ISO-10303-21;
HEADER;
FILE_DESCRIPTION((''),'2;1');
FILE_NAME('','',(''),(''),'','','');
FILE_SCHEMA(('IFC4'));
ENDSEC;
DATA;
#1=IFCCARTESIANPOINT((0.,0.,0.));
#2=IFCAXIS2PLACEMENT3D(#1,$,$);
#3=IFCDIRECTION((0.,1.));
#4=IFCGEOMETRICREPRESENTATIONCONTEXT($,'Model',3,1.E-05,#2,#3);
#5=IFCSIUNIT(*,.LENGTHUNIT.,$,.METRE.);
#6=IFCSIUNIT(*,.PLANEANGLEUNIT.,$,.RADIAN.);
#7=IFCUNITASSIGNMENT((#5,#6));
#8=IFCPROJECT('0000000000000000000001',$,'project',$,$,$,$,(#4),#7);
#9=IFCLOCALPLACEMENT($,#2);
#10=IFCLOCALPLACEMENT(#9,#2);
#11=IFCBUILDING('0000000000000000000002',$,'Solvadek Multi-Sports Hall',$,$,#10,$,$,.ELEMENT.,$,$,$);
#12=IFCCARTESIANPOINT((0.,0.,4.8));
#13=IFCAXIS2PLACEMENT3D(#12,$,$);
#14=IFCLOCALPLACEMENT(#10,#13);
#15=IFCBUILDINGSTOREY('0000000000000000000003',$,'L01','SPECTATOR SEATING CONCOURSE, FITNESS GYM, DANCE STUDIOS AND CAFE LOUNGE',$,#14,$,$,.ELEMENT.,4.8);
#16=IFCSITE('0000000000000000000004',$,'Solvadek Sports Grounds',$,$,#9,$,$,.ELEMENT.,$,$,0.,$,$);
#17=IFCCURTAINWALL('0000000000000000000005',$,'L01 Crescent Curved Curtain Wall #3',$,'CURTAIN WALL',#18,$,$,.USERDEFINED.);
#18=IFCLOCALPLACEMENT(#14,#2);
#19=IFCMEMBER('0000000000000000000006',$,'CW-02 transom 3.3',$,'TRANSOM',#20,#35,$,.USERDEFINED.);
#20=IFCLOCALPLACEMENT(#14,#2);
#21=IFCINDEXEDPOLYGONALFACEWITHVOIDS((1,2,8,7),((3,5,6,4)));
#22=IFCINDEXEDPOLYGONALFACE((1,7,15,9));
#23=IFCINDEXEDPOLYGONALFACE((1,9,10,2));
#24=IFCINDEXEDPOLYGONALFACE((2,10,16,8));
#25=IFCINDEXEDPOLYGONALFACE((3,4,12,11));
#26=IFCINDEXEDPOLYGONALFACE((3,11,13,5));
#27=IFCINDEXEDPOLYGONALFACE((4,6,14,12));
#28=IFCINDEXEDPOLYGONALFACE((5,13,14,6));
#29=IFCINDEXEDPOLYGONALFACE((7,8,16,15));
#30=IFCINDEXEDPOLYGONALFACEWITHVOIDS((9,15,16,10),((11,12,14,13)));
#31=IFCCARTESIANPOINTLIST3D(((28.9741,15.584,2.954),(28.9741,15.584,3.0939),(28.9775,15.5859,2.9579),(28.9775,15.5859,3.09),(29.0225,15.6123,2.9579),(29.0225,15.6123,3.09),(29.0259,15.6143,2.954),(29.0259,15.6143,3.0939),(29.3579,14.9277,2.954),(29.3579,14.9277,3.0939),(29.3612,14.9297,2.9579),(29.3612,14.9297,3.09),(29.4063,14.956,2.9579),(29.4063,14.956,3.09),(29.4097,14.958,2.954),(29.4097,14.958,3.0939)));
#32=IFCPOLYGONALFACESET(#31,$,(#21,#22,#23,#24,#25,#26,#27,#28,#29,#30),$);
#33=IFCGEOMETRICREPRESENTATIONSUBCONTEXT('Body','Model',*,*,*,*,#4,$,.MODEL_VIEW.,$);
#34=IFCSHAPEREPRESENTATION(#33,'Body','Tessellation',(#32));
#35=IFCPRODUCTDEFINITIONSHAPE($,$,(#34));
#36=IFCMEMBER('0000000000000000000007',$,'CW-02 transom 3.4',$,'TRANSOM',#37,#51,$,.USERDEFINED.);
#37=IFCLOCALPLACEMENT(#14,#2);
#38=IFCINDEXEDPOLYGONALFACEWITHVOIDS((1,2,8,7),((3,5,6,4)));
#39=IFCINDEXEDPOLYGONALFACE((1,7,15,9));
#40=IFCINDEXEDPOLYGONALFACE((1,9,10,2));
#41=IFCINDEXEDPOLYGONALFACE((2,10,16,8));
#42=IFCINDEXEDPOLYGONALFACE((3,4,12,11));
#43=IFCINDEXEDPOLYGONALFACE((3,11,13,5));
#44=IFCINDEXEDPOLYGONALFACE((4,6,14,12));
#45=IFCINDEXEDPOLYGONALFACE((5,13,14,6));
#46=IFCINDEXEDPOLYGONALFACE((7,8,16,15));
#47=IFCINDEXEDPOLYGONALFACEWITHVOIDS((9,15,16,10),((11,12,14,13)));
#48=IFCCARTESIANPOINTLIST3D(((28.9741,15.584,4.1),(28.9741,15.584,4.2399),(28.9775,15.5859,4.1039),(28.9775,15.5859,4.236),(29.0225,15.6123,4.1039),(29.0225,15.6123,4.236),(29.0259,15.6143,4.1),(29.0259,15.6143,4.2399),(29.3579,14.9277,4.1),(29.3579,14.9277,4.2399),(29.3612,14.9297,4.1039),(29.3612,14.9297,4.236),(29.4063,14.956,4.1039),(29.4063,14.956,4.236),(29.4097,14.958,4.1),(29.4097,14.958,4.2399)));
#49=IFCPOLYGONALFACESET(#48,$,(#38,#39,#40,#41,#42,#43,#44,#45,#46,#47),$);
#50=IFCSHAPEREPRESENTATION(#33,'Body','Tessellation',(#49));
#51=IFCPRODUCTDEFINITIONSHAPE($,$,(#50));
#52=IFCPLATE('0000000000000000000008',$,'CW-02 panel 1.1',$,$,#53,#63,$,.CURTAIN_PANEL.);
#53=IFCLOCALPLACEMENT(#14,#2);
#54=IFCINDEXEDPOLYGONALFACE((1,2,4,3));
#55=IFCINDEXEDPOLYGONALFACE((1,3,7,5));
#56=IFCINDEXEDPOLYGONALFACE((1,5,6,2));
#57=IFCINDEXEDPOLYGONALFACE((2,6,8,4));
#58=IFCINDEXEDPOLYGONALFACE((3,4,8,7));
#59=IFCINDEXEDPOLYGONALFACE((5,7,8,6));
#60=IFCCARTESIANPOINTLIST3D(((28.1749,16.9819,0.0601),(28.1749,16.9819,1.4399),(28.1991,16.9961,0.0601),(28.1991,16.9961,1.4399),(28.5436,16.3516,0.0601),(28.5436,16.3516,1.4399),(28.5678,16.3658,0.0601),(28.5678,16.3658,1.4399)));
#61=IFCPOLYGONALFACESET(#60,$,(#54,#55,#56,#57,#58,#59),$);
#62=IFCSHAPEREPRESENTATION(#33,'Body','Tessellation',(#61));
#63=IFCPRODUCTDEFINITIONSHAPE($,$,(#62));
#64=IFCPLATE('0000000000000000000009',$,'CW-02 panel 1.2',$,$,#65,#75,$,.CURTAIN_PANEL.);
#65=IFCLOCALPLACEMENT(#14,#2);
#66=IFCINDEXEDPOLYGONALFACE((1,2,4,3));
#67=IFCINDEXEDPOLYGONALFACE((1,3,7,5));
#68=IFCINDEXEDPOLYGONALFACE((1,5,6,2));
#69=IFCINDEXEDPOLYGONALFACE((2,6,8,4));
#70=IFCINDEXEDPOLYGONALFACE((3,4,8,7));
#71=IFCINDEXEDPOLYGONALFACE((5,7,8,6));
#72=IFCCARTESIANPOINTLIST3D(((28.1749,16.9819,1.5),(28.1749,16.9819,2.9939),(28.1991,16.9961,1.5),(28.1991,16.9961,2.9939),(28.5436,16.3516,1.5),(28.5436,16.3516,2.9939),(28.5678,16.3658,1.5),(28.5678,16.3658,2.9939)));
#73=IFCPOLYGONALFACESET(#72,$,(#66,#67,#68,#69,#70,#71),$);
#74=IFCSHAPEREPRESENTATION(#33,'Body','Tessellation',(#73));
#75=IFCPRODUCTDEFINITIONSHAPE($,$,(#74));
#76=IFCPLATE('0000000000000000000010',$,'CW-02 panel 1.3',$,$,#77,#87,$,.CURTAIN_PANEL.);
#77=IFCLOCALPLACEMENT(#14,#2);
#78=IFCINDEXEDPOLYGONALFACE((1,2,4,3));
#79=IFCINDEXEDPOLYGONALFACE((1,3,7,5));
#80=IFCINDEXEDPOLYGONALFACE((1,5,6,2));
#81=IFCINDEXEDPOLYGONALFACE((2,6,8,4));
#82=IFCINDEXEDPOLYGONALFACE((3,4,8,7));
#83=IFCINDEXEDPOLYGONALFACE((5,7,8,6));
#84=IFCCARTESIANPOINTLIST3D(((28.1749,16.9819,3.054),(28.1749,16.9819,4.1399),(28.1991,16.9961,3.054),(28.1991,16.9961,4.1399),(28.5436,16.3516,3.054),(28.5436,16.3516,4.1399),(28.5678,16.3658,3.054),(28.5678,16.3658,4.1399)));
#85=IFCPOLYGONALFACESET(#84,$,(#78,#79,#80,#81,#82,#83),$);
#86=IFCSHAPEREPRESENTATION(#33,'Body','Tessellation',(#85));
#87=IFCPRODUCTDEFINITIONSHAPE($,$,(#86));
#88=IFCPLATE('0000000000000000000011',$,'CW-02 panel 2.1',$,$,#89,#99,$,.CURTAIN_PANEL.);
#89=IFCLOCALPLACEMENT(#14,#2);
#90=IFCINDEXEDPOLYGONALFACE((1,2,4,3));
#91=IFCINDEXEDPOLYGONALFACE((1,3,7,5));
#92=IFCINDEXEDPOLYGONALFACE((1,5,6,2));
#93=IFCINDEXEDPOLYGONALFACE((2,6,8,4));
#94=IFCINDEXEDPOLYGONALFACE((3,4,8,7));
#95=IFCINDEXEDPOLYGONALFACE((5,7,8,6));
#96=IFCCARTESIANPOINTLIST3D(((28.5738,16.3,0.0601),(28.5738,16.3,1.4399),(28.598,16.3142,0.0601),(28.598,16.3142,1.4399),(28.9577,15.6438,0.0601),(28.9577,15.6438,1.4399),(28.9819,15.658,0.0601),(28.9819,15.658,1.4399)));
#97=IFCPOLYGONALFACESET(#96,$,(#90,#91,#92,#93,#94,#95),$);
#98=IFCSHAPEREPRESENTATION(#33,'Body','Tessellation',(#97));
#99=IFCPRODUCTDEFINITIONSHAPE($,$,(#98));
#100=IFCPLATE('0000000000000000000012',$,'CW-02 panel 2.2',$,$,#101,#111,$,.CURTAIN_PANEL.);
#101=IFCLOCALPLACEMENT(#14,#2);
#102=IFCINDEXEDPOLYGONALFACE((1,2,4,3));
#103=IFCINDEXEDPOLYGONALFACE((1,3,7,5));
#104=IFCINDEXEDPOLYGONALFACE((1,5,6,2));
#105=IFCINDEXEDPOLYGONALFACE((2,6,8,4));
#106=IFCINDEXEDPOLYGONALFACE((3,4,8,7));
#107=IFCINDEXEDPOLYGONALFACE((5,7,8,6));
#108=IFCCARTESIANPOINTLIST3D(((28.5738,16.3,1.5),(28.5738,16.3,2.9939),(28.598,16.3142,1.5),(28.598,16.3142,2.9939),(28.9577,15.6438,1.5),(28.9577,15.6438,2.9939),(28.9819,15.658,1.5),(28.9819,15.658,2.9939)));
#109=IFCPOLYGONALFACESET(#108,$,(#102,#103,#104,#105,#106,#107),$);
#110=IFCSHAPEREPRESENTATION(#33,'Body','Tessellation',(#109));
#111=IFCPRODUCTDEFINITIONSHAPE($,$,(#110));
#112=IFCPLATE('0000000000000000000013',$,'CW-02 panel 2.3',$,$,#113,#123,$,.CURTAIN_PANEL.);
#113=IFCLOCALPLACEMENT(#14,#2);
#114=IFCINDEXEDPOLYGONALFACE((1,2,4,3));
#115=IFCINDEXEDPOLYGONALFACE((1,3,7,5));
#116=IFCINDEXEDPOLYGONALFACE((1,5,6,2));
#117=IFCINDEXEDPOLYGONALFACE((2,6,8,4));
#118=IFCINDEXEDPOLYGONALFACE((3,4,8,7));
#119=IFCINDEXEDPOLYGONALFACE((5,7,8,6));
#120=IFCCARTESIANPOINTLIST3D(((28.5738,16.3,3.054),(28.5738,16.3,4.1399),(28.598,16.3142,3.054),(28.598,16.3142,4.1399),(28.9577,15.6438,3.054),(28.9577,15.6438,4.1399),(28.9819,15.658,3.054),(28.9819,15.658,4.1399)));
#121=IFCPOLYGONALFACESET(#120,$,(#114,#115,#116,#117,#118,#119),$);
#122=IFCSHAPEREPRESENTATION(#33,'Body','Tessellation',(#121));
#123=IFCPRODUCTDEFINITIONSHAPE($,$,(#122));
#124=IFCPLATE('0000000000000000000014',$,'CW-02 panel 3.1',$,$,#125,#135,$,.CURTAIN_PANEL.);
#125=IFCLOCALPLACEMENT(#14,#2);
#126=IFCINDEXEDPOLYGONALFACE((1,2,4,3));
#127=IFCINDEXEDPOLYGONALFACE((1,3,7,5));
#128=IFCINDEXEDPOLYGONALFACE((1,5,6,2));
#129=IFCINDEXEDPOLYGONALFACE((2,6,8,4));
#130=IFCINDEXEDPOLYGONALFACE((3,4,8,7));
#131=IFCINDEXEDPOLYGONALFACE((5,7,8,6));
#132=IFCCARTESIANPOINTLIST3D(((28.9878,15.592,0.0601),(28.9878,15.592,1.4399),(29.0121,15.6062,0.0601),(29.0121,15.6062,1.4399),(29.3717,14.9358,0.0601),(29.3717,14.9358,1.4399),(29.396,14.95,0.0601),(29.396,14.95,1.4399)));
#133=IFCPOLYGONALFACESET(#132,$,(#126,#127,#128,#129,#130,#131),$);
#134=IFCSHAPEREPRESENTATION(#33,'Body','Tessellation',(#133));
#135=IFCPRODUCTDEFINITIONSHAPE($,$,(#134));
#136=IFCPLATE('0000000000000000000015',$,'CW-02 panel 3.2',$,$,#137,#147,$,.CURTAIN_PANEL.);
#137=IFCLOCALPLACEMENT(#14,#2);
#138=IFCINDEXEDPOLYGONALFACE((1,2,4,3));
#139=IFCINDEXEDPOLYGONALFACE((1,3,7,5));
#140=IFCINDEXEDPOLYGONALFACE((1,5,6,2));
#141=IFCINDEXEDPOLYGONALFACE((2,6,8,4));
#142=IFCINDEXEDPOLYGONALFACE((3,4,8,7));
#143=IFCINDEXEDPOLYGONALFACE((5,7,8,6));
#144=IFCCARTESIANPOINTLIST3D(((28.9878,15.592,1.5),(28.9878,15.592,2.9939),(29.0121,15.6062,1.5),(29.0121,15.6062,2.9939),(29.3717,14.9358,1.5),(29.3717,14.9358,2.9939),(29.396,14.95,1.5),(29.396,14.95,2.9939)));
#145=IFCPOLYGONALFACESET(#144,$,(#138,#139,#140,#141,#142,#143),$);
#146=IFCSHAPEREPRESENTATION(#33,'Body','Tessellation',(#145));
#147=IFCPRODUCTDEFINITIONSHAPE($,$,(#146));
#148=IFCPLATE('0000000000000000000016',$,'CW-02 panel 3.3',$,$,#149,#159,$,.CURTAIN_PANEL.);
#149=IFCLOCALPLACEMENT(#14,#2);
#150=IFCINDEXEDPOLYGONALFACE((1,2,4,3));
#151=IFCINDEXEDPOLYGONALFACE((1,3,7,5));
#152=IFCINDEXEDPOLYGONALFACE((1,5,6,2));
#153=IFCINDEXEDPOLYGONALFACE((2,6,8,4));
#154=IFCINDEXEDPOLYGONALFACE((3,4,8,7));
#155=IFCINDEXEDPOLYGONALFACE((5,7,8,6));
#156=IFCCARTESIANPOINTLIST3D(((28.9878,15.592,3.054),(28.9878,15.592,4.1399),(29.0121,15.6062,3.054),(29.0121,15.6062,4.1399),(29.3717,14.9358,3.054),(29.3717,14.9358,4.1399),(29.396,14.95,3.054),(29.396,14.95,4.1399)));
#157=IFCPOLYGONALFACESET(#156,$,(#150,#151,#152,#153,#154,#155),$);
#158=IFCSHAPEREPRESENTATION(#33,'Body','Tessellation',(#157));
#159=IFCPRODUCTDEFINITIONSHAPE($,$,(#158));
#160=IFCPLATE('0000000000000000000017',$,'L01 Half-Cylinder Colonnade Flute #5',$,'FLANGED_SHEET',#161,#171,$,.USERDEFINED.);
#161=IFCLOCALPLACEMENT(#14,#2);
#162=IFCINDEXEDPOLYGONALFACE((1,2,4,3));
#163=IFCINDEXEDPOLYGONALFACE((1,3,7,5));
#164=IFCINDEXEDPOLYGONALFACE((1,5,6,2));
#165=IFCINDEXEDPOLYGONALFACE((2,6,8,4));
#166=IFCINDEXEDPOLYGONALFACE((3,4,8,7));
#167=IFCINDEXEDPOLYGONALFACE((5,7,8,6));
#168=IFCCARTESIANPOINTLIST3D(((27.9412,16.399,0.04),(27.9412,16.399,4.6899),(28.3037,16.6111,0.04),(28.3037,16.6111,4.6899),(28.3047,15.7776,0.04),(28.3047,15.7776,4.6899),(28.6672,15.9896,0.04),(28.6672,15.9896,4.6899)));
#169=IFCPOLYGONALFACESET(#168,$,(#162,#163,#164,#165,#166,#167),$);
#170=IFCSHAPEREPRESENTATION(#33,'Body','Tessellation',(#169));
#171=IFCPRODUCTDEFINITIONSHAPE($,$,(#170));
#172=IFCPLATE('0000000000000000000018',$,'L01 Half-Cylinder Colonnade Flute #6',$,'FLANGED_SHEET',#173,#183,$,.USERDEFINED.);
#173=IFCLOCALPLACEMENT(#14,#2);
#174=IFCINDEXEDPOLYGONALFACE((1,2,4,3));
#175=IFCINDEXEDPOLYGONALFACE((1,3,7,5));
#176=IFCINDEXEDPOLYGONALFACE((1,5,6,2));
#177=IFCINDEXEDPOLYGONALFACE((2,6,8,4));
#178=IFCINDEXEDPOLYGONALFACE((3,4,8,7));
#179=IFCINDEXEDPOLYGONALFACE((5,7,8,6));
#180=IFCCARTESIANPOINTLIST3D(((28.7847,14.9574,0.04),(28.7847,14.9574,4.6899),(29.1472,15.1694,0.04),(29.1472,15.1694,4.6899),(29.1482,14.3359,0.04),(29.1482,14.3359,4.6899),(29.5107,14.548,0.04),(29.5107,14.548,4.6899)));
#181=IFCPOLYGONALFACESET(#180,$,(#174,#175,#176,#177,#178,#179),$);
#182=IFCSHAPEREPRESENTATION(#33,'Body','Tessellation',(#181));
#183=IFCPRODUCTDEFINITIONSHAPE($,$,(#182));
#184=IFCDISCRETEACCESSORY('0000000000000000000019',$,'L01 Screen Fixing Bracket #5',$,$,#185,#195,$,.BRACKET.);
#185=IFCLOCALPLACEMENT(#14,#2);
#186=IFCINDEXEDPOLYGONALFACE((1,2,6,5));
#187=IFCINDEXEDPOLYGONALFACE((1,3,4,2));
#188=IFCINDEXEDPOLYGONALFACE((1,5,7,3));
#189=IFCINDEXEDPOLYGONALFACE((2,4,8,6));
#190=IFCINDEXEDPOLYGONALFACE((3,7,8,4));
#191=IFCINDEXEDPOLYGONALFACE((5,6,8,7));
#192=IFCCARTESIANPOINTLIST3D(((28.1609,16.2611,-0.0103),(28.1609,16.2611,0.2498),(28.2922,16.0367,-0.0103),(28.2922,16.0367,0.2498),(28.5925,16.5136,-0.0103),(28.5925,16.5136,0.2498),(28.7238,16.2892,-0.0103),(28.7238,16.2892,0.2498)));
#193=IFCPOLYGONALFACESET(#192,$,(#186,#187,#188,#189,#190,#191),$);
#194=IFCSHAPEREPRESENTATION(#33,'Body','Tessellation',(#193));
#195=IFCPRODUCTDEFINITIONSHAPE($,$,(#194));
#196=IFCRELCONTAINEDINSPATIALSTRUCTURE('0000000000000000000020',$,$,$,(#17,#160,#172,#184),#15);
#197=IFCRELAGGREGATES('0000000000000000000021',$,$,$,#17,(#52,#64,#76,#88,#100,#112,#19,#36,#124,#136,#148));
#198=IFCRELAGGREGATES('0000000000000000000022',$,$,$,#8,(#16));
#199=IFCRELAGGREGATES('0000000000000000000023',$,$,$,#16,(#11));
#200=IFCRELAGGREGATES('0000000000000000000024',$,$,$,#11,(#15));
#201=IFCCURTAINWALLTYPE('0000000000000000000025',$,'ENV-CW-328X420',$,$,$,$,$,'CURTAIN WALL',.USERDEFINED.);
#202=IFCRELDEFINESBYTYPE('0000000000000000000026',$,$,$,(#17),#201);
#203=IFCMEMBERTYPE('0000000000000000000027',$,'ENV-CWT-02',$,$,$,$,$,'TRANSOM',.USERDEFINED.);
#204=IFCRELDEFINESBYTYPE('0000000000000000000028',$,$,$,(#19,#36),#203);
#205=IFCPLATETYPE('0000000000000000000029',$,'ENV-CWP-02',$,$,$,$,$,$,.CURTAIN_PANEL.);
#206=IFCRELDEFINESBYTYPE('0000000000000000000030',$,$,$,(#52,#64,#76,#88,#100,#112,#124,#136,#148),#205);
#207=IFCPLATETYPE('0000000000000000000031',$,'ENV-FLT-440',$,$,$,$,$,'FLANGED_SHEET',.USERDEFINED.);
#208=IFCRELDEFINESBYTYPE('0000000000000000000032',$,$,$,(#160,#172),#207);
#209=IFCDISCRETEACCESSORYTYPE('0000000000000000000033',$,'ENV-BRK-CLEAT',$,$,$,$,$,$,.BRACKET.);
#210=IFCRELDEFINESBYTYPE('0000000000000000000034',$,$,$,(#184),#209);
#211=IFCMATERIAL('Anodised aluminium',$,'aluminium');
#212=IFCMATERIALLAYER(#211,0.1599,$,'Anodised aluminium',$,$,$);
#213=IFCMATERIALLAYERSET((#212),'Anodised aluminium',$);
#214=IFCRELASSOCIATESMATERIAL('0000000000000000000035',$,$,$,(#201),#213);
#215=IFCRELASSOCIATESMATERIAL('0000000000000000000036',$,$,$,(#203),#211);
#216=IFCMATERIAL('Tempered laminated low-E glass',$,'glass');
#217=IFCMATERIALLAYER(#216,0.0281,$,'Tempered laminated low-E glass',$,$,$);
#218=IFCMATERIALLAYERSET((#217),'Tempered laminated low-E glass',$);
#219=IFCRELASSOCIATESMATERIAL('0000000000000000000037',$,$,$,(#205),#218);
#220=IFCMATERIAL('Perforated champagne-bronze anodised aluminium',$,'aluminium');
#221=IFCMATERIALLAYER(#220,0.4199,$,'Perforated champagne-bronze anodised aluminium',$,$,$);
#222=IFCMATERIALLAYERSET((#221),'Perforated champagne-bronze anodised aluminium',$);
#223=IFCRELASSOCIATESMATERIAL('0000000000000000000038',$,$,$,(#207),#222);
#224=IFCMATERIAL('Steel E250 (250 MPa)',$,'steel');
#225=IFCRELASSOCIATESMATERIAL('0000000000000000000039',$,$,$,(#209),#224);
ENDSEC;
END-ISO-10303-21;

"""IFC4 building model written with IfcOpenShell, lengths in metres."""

from ifc_helpers import new_model, si_unit, direction, frame, origin, origin_2d, place, context, subcontext, project, spatial, rectangle, hollow_rectangle, extrude, material, layer, layer_set, material_profile, profile_set, type_object, element, aggregate, save


model = new_model("IFC4")

# Units and contexts
model_context = context("Model", 3, precision=1e-05, world=origin(), true_north=direction((0.0, 1.0)))
body_context = subcontext(model_context, "Body", "Model", "MODEL_VIEW")
ifc_project = project(units=[si_unit("LENGTHUNIT", "METRE"), si_unit("PLANEANGLEUNIT", "RADIAN")], contexts=[model_context])

# Site, building, storey
site_placement = place(None, origin())
site = spatial("IfcSite", under=ifc_project, at=site_placement, Name="Solvadek Sports Grounds", CompositionType="ELEMENT", RefElevation=0.0)
building_placement = place(site_placement, origin())
building = spatial("IfcBuilding", under=site, at=building_placement, Name="Solvadek Multi-Sports Hall", CompositionType="ELEMENT")
storey_placement = place(building_placement, frame((0.0, 0.0, 4.8)))
storey = spatial("IfcBuildingStorey", under=building, at=storey_placement, Name="L01", Description="SPECTATOR SEATING CONCOURSE, FITNESS GYM, DANCE STUDIOS AND CAFE LOUNGE", CompositionType="ELEMENT", Elevation=4.8)

# Curtain wall, members, plates
ifc_material_1 = material(Name="Anodised aluminium", Category="aluminium")
ifc_layer_1 = layer(ifc_material_1, 0.1599, Name="Anodised aluminium")
ifc_layer_set_1 = layer_set([ifc_layer_1], Name="Anodised aluminium")
curtain_wall_type = type_object("IfcCurtainWallType", Name="ENV-CW-328X420", ElementType="CURTAIN WALL", PredefinedType="USERDEFINED", material=ifc_layer_set_1)
curtain_wall_placement = place(storey_placement, origin())
curtain_wall = element("IfcCurtainWall", 1, at=curtain_wall_placement, inside=storey, type_object=curtain_wall_type, Name="L01 Crescent Curved Curtain Wall #3", ObjectType="CURTAIN WALL", PredefinedType="USERDEFINED")
ifc_material_profile_1 = material_profile(ifc_material_1, hollow_rectangle(XDim=0.0601, YDim=0.1399, WallThickness=0.0039, at=origin_2d()), Name="ALU-T 140x60x4")
ifc_profile_set_1 = profile_set([ifc_material_profile_1], Name="Anodised aluminium")
member_type_1 = type_object("IfcMemberType", Name="ENV-CWT-02", ElementType="TRANSOM", PredefinedType="USERDEFINED", material=ifc_profile_set_1)
member_1_placement = place(storey_placement, frame((29.0, 15.5991, 3.0239), z_axis=(0.504829, -0.863219, 0.0), x_axis=(0.863219, 0.504829, 0.0)))
member_1 = element("IfcMember", 2, at=member_1_placement, type_object=member_type_1, Name="CW-02 transom 3.3", ObjectType="TRANSOM", PredefinedType="USERDEFINED", context=body_context, shape_type="SweptSolid", body=[
    extrude(hollow_rectangle(XDim=0.0601, YDim=0.1399, WallThickness=0.0039, at=origin_2d()), origin(), (0.0, 0.0, 1.0), 0.7603),
])
member_2_placement = place(storey_placement, frame((29.0, 15.5991, 4.1699), z_axis=(0.504829, -0.863219, 0.0), x_axis=(0.863219, 0.504829, 0.0)))
member_2 = element("IfcMember", 3, at=member_2_placement, type_object=member_type_1, Name="CW-02 transom 3.4", ObjectType="TRANSOM", PredefinedType="USERDEFINED", context=body_context, shape_type="SweptSolid", body=[
    extrude(hollow_rectangle(XDim=0.0601, YDim=0.1399, WallThickness=0.0039, at=origin_2d()), origin(), (0.0, 0.0, 1.0), 0.7603),
])
ifc_material_2 = material(Name="Tempered laminated low-E glass", Category="glass")
ifc_layer_2 = layer(ifc_material_2, 0.0281, Name="Tempered laminated low-E glass")
ifc_layer_set_2 = layer_set([ifc_layer_2], Name="Tempered laminated low-E glass")
plate_type_1 = type_object("IfcPlateType", Name="ENV-CWP-02", PredefinedType="CURTAIN_PANEL", material=ifc_layer_set_2)
plate_1_placement = place(storey_placement, frame((28.3713, 16.6738, 0.0601), z_axis=(0.0, 0.0, 1.0), x_axis=(0.504957, -0.863145, 0.0)))
plate_1 = element("IfcPlate", 4, at=plate_1_placement, type_object=plate_type_1, Name="CW-02 panel 1.1", PredefinedType="CURTAIN_PANEL", context=body_context, shape_type="SweptSolid", body=[
    extrude(rectangle(XDim=0.7302, YDim=0.0281, at=origin_2d()), origin(), (0.0, 0.0, 1.0), 1.3799),
])
plate_2_placement = place(storey_placement, frame((28.3713, 16.6738, 1.5), z_axis=(0.0, 0.0, 1.0), x_axis=(0.504957, -0.863145, 0.0)))
plate_2 = element("IfcPlate", 5, at=plate_2_placement, type_object=plate_type_1, Name="CW-02 panel 1.2", PredefinedType="CURTAIN_PANEL", context=body_context, shape_type="SweptSolid", body=[
    extrude(rectangle(XDim=0.7302, YDim=0.0281, at=origin_2d()), origin(), (0.0, 0.0, 1.0), 1.4939),
])
plate_3_placement = place(storey_placement, frame((28.3713, 16.6738, 3.054), z_axis=(0.0, 0.0, 1.0), x_axis=(0.504957, -0.863145, 0.0)))
plate_3 = element("IfcPlate", 6, at=plate_3_placement, type_object=plate_type_1, Name="CW-02 panel 1.3", PredefinedType="CURTAIN_PANEL", context=body_context, shape_type="SweptSolid", body=[
    extrude(rectangle(XDim=0.7302, YDim=0.0281, at=origin_2d()), origin(), (0.0, 0.0, 1.0), 1.0859),
])
plate_4_placement = place(storey_placement, frame((28.7778, 15.979, 0.0601), z_axis=(0.0, 0.0, 1.0), x_axis=(0.504957, -0.863145, 0.0)))
plate_4 = element("IfcPlate", 7, at=plate_4_placement, type_object=plate_type_1, Name="CW-02 panel 2.1", PredefinedType="CURTAIN_PANEL", context=body_context, shape_type="SweptSolid", body=[
    extrude(rectangle(XDim=0.7603, YDim=0.0281, at=origin_2d()), origin(), (0.0, 0.0, 1.0), 1.3799),
])
plate_5_placement = place(storey_placement, frame((28.7778, 15.979, 1.5), z_axis=(0.0, 0.0, 1.0), x_axis=(0.504957, -0.863145, 0.0)))
plate_5 = element("IfcPlate", 8, at=plate_5_placement, type_object=plate_type_1, Name="CW-02 panel 2.2", PredefinedType="CURTAIN_PANEL", context=body_context, shape_type="SweptSolid", body=[
    extrude(rectangle(XDim=0.7603, YDim=0.0281, at=origin_2d()), origin(), (0.0, 0.0, 1.0), 1.4939),
])
plate_6_placement = place(storey_placement, frame((28.7778, 15.979, 3.054), z_axis=(0.0, 0.0, 1.0), x_axis=(0.504957, -0.863145, 0.0)))
plate_6 = element("IfcPlate", 9, at=plate_6_placement, type_object=plate_type_1, Name="CW-02 panel 2.3", PredefinedType="CURTAIN_PANEL", context=body_context, shape_type="SweptSolid", body=[
    extrude(rectangle(XDim=0.7603, YDim=0.0281, at=origin_2d()), origin(), (0.0, 0.0, 1.0), 1.0859),
])
plate_7_placement = place(storey_placement, frame((29.1919, 15.271, 0.0601), z_axis=(0.0, 0.0, 1.0), x_axis=(0.504957, -0.863145, 0.0)))
plate_7 = element("IfcPlate", 10, at=plate_7_placement, type_object=plate_type_1, Name="CW-02 panel 3.1", PredefinedType="CURTAIN_PANEL", context=body_context, shape_type="SweptSolid", body=[
    extrude(rectangle(XDim=0.7603, YDim=0.0281, at=origin_2d()), origin(), (0.0, 0.0, 1.0), 1.3799),
])
plate_8_placement = place(storey_placement, frame((29.1919, 15.271, 1.5), z_axis=(0.0, 0.0, 1.0), x_axis=(0.504957, -0.863145, 0.0)))
plate_8 = element("IfcPlate", 11, at=plate_8_placement, type_object=plate_type_1, Name="CW-02 panel 3.2", PredefinedType="CURTAIN_PANEL", context=body_context, shape_type="SweptSolid", body=[
    extrude(rectangle(XDim=0.7603, YDim=0.0281, at=origin_2d()), origin(), (0.0, 0.0, 1.0), 1.4939),
])
plate_9_placement = place(storey_placement, frame((29.1919, 15.271, 3.054), z_axis=(0.0, 0.0, 1.0), x_axis=(0.504957, -0.863145, 0.0)))
plate_9 = element("IfcPlate", 12, at=plate_9_placement, type_object=plate_type_1, Name="CW-02 panel 3.3", PredefinedType="CURTAIN_PANEL", context=body_context, shape_type="SweptSolid", body=[
    extrude(rectangle(XDim=0.7603, YDim=0.0281, at=origin_2d()), origin(), (0.0, 0.0, 1.0), 1.0859),
])
aggregate(curtain_wall, [plate_1, plate_2, plate_3, plate_4, plate_5, plate_6, member_1, member_2, plate_7, plate_8, plate_9])

# Plates
ifc_material_3 = material(Name="Perforated champagne-bronze anodised aluminium", Category="aluminium")
ifc_layer_3 = layer(ifc_material_3, 0.4199, Name="Perforated champagne-bronze anodised aluminium")
ifc_layer_set_3 = layer_set([ifc_layer_3], Name="Perforated champagne-bronze anodised aluminium")
plate_type_2 = type_object("IfcPlateType", Name="ENV-FLT-440", ElementType="FLANGED_SHEET", PredefinedType="USERDEFINED", material=ifc_layer_set_3)
for number, where, z_axis, x_axis, name in (
    (13, (28.3042, 16.1943, 0.04), (0.0, 0.0, 1.0), (0.504933, -0.863158, 0.0), "L01 Half-Cylinder Colonnade Flute #5"),
    (14, (29.1477, 14.7527, 0.04), (0.0, 0.0, 1.0), (0.504933, -0.863158, 0.0), "L01 Half-Cylinder Colonnade Flute #6"),
):
    element("IfcPlate", number, at=place(storey_placement, frame(where, z_axis=z_axis, x_axis=x_axis)), inside=storey, type_object=plate_type_2, Name=name, ObjectType="FLANGED_SHEET", PredefinedType="USERDEFINED", context=body_context, shape_type="SweptSolid", body=[
        extrude(rectangle(XDim=0.72, YDim=0.4199, at=origin_2d()), origin(), (0.0, 0.0, 1.0), 4.6499),
    ])

# Discrete accessory
ifc_material_4 = material(Name="Steel E250 (250 MPa)", Category="steel")
discrete_accessory_type = type_object("IfcDiscreteAccessoryType", Name="ENV-BRK-CLEAT", PredefinedType="BRACKET", material=ifc_material_4)
for number, where, z_axis, x_axis, name in (
    (15, (28.4424, 16.2751, -0.0103), (0.0, 0.0, 1.0), (0.504933, -0.863158, 0.0), "L01 Screen Fixing Bracket #5"),
):
    element("IfcDiscreteAccessory", number, at=place(storey_placement, frame(where, z_axis=z_axis, x_axis=x_axis)), inside=storey, type_object=discrete_accessory_type, Name=name, PredefinedType="BRACKET", context=body_context, shape_type="SweptSolid", body=[
        extrude(rectangle(XDim=0.26, YDim=0.5, at=origin_2d()), origin(), (0.0, 0.0, 1.0), 0.26),
    ])

save(model, "model.ifc")
